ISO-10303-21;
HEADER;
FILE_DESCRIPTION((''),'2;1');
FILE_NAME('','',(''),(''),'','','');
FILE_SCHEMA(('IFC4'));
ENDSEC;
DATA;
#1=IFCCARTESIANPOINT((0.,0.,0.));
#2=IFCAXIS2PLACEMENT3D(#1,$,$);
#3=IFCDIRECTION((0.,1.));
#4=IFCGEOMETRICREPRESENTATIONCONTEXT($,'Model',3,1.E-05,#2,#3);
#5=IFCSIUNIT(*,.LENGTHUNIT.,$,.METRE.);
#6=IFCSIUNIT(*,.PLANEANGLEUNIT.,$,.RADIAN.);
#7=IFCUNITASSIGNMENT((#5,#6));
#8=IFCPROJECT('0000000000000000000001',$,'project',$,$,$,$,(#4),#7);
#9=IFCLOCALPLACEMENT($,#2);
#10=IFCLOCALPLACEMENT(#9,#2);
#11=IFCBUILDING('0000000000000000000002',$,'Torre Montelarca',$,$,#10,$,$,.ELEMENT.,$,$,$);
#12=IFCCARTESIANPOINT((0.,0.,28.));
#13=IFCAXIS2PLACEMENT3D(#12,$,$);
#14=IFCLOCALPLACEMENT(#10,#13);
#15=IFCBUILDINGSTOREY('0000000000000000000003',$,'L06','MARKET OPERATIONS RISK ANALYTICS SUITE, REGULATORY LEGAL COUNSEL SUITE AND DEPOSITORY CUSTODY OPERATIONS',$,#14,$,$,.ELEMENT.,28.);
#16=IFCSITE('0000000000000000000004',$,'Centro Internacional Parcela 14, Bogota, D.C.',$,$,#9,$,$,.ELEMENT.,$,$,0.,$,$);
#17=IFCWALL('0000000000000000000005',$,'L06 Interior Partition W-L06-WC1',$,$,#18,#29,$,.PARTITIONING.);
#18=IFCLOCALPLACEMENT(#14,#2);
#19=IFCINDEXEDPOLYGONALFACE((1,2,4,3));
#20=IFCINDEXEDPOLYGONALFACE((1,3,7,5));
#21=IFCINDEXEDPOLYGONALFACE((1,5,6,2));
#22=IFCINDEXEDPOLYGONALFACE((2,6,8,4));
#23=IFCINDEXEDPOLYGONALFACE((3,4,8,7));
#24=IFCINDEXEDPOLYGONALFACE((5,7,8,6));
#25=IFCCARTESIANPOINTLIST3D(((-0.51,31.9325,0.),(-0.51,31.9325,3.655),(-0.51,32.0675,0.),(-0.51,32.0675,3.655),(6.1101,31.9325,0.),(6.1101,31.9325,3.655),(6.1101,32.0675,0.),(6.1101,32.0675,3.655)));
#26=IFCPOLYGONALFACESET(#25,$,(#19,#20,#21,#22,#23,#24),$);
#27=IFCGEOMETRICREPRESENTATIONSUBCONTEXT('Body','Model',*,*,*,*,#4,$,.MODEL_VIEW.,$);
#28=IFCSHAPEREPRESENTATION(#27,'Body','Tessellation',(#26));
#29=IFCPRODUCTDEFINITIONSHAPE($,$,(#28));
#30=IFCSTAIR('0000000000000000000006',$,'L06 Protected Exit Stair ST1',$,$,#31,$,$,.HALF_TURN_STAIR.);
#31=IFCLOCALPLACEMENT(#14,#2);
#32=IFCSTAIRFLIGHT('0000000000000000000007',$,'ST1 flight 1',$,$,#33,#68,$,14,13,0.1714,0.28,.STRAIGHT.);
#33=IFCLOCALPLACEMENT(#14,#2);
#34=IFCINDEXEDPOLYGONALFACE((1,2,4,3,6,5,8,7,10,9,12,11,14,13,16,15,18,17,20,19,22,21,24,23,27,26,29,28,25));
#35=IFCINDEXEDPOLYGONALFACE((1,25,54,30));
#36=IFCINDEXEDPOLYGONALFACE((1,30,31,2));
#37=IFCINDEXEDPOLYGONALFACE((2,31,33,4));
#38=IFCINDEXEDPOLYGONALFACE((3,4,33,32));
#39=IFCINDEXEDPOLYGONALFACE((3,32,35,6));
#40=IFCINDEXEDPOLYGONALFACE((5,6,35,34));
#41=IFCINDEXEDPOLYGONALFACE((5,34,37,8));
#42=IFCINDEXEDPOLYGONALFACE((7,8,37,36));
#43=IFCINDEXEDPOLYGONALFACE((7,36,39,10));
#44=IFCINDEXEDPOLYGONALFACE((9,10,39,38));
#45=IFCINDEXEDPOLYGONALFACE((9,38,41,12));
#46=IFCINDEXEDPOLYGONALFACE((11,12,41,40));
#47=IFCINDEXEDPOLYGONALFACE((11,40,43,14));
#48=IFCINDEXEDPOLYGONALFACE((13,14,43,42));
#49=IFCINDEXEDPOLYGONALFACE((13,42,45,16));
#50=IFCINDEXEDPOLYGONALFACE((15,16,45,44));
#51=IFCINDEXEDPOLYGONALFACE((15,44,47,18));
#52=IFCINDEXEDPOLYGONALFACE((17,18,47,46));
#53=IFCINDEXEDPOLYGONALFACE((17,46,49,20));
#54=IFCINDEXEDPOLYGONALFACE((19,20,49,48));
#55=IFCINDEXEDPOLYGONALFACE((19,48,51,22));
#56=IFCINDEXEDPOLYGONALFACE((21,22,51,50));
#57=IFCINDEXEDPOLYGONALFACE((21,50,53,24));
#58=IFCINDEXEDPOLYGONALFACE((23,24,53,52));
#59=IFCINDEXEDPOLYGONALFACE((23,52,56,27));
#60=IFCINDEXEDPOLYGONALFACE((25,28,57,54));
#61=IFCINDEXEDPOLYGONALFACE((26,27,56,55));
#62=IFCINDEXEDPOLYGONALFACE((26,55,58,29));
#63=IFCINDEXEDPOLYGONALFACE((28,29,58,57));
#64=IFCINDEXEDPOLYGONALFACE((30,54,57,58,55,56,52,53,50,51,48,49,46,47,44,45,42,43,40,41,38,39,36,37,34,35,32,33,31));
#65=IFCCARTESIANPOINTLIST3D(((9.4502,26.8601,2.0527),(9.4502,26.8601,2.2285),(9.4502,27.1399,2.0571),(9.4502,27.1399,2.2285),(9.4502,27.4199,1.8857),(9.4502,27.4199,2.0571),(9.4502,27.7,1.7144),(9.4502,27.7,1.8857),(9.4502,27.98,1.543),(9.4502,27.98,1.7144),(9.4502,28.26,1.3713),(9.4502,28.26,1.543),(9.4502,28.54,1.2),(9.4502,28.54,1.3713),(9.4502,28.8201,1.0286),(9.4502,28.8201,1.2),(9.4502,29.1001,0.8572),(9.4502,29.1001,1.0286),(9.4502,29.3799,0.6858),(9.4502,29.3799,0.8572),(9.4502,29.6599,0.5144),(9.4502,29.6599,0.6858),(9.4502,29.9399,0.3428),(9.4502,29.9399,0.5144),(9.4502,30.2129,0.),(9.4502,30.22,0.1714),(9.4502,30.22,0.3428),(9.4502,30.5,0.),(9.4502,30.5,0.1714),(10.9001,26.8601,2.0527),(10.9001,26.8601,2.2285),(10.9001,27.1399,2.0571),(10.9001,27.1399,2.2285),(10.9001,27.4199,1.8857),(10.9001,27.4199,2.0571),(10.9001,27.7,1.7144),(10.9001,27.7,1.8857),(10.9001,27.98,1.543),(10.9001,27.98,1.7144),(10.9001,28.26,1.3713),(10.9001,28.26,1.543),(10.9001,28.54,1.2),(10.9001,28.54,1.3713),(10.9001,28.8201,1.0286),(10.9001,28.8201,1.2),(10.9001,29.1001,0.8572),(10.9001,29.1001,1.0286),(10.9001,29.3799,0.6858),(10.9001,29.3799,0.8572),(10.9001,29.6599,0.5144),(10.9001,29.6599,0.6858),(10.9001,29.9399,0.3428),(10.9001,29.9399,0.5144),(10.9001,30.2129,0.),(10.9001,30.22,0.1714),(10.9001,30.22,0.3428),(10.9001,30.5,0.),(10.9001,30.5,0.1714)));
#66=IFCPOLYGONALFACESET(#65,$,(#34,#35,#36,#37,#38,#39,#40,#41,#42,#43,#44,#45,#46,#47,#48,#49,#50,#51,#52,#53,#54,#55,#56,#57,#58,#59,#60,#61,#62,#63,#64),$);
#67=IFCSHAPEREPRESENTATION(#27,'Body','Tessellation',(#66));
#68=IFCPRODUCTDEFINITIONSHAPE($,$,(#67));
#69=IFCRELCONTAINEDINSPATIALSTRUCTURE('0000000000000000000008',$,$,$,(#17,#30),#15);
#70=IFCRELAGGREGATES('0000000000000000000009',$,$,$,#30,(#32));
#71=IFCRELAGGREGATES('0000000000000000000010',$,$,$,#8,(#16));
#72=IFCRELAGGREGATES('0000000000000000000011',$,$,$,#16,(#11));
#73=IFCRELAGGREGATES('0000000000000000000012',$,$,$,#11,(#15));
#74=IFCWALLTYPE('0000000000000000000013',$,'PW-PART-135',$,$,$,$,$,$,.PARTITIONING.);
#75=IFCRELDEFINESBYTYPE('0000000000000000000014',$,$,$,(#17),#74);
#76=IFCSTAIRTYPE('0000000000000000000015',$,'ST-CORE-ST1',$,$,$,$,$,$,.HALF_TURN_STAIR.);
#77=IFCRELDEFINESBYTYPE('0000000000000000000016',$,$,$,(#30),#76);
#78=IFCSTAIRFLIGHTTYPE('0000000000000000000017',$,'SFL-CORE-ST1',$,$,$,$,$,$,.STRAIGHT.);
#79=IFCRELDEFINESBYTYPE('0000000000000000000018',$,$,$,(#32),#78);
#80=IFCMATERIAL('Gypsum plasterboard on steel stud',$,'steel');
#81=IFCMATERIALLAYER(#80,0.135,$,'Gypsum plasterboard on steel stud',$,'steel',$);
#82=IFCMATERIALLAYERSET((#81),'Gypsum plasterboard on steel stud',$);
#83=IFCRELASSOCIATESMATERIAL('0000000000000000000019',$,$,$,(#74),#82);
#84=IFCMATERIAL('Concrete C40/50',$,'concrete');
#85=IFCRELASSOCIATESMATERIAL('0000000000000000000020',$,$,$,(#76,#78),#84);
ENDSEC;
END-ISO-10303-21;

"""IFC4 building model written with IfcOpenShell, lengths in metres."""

from ifc_helpers import new_model, si_unit, direction, frame, frame_2d, origin, place, context, subcontext, project, spatial, polyline, rectangle, outline, extrude, material, layer, layer_set, type_object, element, aggregate, save


model = new_model("IFC4")

# Units and contexts
model_context = context("Model", 3, precision=1e-05, world=origin(), true_north=direction((0.0, 1.0)))
body_context = subcontext(model_context, "Body", "Model", "MODEL_VIEW")
ifc_project = project(units=[si_unit("LENGTHUNIT", "METRE"), si_unit("PLANEANGLEUNIT", "RADIAN")], contexts=[model_context])

# Site, building, storey
site_placement = place(None, origin())
site = spatial("IfcSite", under=ifc_project, at=site_placement, Name="Centro Internacional Parcela 14, Bogota, D.C.", CompositionType="ELEMENT", RefElevation=0.0)
building_placement = place(site_placement, origin())
building = spatial("IfcBuilding", under=site, at=building_placement, Name="Torre Montelarca", CompositionType="ELEMENT")
storey_placement = place(building_placement, frame((0.0, 0.0, 28.0)))
storey = spatial("IfcBuildingStorey", under=building, at=storey_placement, Name="L06", Description="MARKET OPERATIONS RISK ANALYTICS SUITE, REGULATORY LEGAL COUNSEL SUITE AND DEPOSITORY CUSTODY OPERATIONS", CompositionType="ELEMENT", Elevation=28.0)

# Shared definitions
ifc_material_1 = material(Name="Concrete C40/50", Category="concrete")

# Shared definitions
ifc_material_2 = material(Name="Gypsum plasterboard on steel stud", Category="steel")

# Wall
ifc_layer_1 = layer(ifc_material_2, 0.135, Name="Gypsum plasterboard on steel stud", Category="steel")
ifc_layer_set_1 = layer_set([ifc_layer_1], Name="Gypsum plasterboard on steel stud")
wall_type_1 = type_object("IfcWallType", Name="PW-PART-135", PredefinedType="PARTITIONING", material=ifc_layer_set_1)
wall_1_placement = place(storey_placement, frame((-0.51, 32.0, 0.0), z_axis=(0.0, 0.0, 1.0), x_axis=(1.0, 0.0, 0.0)))
element("IfcWall", 1, at=wall_1_placement, inside=storey, type_object=wall_type_1, Name="L06 Interior Partition W-L06-WC1", PredefinedType="PARTITIONING", context=body_context, shape_type="SweptSolid", body=[
    extrude(rectangle(XDim=6.6201, YDim=0.135, at=frame_2d((3.3101, 0.0))), origin(), (0.0, 0.0, 1.0), 3.655),
])

# Stair, stair flight
stair_type = type_object("IfcStairType", Name="ST-CORE-ST1", PredefinedType="HALF_TURN_STAIR", material=ifc_material_1)
stair_placement = place(storey_placement, origin())
stair = element("IfcStair", 2, at=stair_placement, inside=storey, type_object=stair_type, Name="L06 Protected Exit Stair ST1", PredefinedType="HALF_TURN_STAIR")
stair_flight_type = type_object("IfcStairFlightType", Name="SFL-CORE-ST1", PredefinedType="STRAIGHT", material=ifc_material_1)
stair_flight_placement = place(storey_placement, frame((10.175, 30.5, 0.0), z_axis=(0.0, 0.0, 1.0), x_axis=(0.0, -1.0, 0.0)))
stair_flight = element("IfcStairFlight", 3, at=stair_flight_placement, type_object=stair_flight_type, Name="ST1 flight 1", NumberOfRisers=14, NumberOfTreads=13, PredefinedType="STRAIGHT", RiserHeight=0.1714, TreadLength=0.28, context=body_context, shape_type="SweptSolid", body=[
    extrude(outline(polyline([(0.0, 0.0), (0.0, 0.1714), (0.28, 0.1714), (0.28, 0.3428), (0.5601, 0.3428), (0.5601, 0.5144), (0.8401, 0.5144), (0.8401, 0.6858), (1.1201, 0.6858), (1.1201, 0.8572), (1.3999, 0.8572), (1.3999, 1.0286), (1.6799, 1.0286), (1.6799, 1.2), (1.96, 1.2), (1.96, 1.3713), (2.24, 1.3713), (2.24, 1.543), (2.52, 1.543), (2.52, 1.7144), (2.8, 1.7144), (2.8, 1.8857), (3.0801, 1.8857), (3.0801, 2.0571), (3.3601, 2.0571), (3.3601, 2.2285), (3.6399, 2.2285), (3.6399, 2.3999), (3.6399, 2.0527), (0.2871, 0.0), (0.0, 0.0)])), frame((0.0, 0.7251, 0.0), z_axis=(0.0, -1.0, 0.0), x_axis=(1.0, 0.0, 0.0)), (0.0, 0.0, 1.0), 1.45),
])
aggregate(stair, [stair_flight])

save(model, "model.ifc")
